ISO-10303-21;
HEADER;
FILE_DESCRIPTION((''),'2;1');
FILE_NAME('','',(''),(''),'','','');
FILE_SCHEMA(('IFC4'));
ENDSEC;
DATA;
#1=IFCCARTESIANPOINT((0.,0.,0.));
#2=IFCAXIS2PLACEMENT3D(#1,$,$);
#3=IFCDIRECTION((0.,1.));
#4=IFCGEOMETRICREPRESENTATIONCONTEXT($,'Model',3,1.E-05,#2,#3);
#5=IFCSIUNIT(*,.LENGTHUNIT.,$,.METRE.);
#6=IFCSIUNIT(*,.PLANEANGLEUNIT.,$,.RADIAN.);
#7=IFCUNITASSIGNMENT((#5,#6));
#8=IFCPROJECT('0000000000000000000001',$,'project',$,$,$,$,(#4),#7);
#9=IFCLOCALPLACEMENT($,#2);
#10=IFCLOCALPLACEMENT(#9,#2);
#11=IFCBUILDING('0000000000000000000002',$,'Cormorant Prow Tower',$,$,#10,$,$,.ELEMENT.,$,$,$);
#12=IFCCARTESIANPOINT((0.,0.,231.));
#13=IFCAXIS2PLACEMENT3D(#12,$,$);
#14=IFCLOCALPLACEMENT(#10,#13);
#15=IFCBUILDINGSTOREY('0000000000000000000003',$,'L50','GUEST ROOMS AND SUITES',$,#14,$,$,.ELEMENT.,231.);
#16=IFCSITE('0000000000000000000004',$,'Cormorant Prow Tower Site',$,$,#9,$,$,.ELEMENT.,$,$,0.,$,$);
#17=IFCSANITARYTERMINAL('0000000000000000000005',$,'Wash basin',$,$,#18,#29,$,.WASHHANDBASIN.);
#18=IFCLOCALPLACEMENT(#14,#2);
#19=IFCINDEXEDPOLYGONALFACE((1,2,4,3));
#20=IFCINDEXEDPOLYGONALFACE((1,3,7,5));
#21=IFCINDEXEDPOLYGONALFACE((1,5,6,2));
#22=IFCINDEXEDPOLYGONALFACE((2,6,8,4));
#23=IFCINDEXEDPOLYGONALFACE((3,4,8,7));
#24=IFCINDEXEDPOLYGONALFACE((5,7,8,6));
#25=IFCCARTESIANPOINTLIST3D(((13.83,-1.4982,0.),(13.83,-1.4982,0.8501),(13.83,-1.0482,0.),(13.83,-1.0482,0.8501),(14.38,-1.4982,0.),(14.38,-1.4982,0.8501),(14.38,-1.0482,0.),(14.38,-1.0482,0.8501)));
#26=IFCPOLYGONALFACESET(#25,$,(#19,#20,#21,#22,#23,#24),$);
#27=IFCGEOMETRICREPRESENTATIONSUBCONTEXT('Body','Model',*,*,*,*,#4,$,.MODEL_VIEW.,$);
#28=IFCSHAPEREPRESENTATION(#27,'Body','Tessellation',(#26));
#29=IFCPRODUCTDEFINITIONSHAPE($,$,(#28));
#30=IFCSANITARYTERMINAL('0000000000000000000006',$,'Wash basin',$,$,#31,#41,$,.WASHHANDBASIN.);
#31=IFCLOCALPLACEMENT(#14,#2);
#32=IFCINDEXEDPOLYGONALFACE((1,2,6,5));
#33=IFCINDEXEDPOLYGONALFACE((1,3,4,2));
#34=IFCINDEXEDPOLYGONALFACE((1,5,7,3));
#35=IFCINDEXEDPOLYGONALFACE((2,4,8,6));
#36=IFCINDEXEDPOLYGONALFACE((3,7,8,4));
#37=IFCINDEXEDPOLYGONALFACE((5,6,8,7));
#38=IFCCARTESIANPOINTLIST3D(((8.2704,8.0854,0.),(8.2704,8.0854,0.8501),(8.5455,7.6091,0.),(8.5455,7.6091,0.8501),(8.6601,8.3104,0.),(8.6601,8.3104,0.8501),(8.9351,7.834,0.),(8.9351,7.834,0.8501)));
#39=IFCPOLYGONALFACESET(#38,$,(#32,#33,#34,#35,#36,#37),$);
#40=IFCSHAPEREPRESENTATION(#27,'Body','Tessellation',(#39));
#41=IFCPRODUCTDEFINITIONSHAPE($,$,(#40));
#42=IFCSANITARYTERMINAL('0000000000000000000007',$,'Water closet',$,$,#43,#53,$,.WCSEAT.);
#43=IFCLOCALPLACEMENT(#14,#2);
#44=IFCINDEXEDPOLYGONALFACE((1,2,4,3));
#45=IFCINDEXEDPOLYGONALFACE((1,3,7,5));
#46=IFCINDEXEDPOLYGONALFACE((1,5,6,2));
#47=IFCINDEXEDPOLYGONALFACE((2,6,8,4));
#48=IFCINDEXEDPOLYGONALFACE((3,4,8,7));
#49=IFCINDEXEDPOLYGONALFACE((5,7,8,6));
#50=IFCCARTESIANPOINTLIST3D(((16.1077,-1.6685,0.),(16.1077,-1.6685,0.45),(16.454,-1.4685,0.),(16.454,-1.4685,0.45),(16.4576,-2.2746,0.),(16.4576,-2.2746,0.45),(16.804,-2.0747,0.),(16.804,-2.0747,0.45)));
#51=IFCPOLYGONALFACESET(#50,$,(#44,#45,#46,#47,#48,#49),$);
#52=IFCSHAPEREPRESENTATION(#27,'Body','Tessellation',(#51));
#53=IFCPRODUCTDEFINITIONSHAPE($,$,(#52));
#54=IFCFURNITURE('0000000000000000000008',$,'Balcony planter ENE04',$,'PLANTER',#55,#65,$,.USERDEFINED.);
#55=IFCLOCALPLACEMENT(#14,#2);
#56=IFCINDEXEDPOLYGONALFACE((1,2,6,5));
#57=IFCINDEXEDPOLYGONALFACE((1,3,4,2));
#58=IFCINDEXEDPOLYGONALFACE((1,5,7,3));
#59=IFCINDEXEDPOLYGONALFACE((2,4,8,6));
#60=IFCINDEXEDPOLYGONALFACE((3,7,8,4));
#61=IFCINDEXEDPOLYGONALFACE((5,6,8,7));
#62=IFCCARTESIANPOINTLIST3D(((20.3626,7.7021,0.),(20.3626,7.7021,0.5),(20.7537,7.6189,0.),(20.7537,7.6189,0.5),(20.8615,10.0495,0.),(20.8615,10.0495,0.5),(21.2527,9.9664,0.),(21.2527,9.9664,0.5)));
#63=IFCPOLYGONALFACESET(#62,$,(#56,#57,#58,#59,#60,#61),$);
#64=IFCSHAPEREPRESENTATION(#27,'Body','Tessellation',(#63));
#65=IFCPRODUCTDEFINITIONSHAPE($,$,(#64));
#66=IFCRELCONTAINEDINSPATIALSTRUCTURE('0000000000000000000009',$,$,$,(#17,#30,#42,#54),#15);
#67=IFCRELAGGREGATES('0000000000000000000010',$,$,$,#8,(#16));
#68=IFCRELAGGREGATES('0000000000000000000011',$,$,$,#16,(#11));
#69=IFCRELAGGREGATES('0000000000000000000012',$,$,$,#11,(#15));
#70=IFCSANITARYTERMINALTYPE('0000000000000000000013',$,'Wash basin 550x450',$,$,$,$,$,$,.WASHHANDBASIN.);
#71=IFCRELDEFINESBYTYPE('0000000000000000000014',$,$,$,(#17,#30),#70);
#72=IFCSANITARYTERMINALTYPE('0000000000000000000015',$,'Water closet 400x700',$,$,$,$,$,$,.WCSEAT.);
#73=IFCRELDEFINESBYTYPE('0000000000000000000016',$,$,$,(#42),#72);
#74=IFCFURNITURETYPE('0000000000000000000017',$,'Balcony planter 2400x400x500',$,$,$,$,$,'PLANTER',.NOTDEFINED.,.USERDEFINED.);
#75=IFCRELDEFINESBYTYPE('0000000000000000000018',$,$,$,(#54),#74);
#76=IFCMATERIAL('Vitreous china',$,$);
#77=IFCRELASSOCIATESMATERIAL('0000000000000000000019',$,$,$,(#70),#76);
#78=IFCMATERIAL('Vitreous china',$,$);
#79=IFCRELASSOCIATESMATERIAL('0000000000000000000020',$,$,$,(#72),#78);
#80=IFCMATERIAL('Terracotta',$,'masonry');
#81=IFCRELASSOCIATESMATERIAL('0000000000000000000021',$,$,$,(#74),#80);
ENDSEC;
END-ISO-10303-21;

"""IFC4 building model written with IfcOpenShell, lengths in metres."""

from ifc_helpers import new_model, si_unit, direction, frame, origin, origin_2d, place, context, subcontext, project, spatial, rectangle, extrude, material, type_object, element, save


model = new_model("IFC4")

# Units and contexts
model_context = context("Model", 3, precision=1e-05, world=origin(), true_north=direction((0.0, 1.0)))
body_context = subcontext(model_context, "Body", "Model", "MODEL_VIEW")
ifc_project = project(units=[si_unit("LENGTHUNIT", "METRE"), si_unit("PLANEANGLEUNIT", "RADIAN")], contexts=[model_context])

# Site, building, storey
site_placement = place(None, origin())
site = spatial("IfcSite", under=ifc_project, at=site_placement, Name="Cormorant Prow Tower Site", CompositionType="ELEMENT", RefElevation=0.0)
building_placement = place(site_placement, origin())
building = spatial("IfcBuilding", under=site, at=building_placement, Name="Cormorant Prow Tower", CompositionType="ELEMENT")
storey_placement = place(building_placement, frame((0.0, 0.0, 231.0)))
storey = spatial("IfcBuildingStorey", under=building, at=storey_placement, Name="L50", Description="GUEST ROOMS AND SUITES", CompositionType="ELEMENT", Elevation=231.0)

# Sanitary terminals
ifc_material_1 = material(Name="Vitreous china")
sanitary_terminal_type_1 = type_object("IfcSanitaryTerminalType", Name="Wash basin 550x450", PredefinedType="WASHHANDBASIN", material=ifc_material_1)
for number, where, z_axis, x_axis, name in (
    (1, (14.105, -1.2732, 0.0), (0.0, 0.0, 1.0), (1.0, 0.0, 0.0), "Wash basin"),
    (2, (8.6028, 7.9597, 0.0), (0.0, 0.0, 1.0), (-0.5, 0.866025, 0.0), "Wash basin"),
):
    element("IfcSanitaryTerminal", number, at=place(storey_placement, frame(where, z_axis=z_axis, x_axis=x_axis)), inside=storey, type_object=sanitary_terminal_type_1, Name=name, PredefinedType="WASHHANDBASIN", context=body_context, shape_type="SweptSolid", body=[
        extrude(rectangle(XDim=0.55, YDim=0.45, at=origin_2d()), origin(), (0.0, 0.0, 1.0), 0.8501),
    ])
ifc_material_2 = material(Name="Vitreous china")
sanitary_terminal_type_2 = type_object("IfcSanitaryTerminalType", Name="Water closet 400x700", PredefinedType="WCSEAT", material=ifc_material_2)
sanitary_terminal_placement = place(storey_placement, frame((16.4558, -1.8716, 0.0), z_axis=(0.0, 0.0, 1.0), x_axis=(-0.866025, -0.5, 0.0)))
element("IfcSanitaryTerminal", 3, at=sanitary_terminal_placement, inside=storey, type_object=sanitary_terminal_type_2, Name="Water closet", PredefinedType="WCSEAT", context=body_context, shape_type="SweptSolid", body=[
    extrude(rectangle(XDim=0.3999, YDim=0.7, at=origin_2d()), origin(), (0.0, 0.0, 1.0), 0.45),
])

# Furniture
ifc_material_3 = material(Name="Terracotta", Category="masonry")
furniture_type = type_object("IfcFurnitureType", Name="Balcony planter 2400x400x500", ElementType="PLANTER", AssemblyPlace="NOTDEFINED", PredefinedType="USERDEFINED", material=ifc_material_3)
furniture_placement = place(storey_placement, frame((20.8076, 8.8342, 0.0), z_axis=(0.0, 0.0, 1.0), x_axis=(0.207912, 0.978148, 0.0)))
element("IfcFurniture", 4, at=furniture_placement, inside=storey, type_object=furniture_type, Name="Balcony planter ENE04", ObjectType="PLANTER", PredefinedType="USERDEFINED", context=body_context, shape_type="SweptSolid", body=[
    extrude(rectangle(XDim=2.3999, YDim=0.3999, at=origin_2d()), origin(), (0.0, 0.0, 1.0), 0.5),
])

save(model, "model.ifc")
